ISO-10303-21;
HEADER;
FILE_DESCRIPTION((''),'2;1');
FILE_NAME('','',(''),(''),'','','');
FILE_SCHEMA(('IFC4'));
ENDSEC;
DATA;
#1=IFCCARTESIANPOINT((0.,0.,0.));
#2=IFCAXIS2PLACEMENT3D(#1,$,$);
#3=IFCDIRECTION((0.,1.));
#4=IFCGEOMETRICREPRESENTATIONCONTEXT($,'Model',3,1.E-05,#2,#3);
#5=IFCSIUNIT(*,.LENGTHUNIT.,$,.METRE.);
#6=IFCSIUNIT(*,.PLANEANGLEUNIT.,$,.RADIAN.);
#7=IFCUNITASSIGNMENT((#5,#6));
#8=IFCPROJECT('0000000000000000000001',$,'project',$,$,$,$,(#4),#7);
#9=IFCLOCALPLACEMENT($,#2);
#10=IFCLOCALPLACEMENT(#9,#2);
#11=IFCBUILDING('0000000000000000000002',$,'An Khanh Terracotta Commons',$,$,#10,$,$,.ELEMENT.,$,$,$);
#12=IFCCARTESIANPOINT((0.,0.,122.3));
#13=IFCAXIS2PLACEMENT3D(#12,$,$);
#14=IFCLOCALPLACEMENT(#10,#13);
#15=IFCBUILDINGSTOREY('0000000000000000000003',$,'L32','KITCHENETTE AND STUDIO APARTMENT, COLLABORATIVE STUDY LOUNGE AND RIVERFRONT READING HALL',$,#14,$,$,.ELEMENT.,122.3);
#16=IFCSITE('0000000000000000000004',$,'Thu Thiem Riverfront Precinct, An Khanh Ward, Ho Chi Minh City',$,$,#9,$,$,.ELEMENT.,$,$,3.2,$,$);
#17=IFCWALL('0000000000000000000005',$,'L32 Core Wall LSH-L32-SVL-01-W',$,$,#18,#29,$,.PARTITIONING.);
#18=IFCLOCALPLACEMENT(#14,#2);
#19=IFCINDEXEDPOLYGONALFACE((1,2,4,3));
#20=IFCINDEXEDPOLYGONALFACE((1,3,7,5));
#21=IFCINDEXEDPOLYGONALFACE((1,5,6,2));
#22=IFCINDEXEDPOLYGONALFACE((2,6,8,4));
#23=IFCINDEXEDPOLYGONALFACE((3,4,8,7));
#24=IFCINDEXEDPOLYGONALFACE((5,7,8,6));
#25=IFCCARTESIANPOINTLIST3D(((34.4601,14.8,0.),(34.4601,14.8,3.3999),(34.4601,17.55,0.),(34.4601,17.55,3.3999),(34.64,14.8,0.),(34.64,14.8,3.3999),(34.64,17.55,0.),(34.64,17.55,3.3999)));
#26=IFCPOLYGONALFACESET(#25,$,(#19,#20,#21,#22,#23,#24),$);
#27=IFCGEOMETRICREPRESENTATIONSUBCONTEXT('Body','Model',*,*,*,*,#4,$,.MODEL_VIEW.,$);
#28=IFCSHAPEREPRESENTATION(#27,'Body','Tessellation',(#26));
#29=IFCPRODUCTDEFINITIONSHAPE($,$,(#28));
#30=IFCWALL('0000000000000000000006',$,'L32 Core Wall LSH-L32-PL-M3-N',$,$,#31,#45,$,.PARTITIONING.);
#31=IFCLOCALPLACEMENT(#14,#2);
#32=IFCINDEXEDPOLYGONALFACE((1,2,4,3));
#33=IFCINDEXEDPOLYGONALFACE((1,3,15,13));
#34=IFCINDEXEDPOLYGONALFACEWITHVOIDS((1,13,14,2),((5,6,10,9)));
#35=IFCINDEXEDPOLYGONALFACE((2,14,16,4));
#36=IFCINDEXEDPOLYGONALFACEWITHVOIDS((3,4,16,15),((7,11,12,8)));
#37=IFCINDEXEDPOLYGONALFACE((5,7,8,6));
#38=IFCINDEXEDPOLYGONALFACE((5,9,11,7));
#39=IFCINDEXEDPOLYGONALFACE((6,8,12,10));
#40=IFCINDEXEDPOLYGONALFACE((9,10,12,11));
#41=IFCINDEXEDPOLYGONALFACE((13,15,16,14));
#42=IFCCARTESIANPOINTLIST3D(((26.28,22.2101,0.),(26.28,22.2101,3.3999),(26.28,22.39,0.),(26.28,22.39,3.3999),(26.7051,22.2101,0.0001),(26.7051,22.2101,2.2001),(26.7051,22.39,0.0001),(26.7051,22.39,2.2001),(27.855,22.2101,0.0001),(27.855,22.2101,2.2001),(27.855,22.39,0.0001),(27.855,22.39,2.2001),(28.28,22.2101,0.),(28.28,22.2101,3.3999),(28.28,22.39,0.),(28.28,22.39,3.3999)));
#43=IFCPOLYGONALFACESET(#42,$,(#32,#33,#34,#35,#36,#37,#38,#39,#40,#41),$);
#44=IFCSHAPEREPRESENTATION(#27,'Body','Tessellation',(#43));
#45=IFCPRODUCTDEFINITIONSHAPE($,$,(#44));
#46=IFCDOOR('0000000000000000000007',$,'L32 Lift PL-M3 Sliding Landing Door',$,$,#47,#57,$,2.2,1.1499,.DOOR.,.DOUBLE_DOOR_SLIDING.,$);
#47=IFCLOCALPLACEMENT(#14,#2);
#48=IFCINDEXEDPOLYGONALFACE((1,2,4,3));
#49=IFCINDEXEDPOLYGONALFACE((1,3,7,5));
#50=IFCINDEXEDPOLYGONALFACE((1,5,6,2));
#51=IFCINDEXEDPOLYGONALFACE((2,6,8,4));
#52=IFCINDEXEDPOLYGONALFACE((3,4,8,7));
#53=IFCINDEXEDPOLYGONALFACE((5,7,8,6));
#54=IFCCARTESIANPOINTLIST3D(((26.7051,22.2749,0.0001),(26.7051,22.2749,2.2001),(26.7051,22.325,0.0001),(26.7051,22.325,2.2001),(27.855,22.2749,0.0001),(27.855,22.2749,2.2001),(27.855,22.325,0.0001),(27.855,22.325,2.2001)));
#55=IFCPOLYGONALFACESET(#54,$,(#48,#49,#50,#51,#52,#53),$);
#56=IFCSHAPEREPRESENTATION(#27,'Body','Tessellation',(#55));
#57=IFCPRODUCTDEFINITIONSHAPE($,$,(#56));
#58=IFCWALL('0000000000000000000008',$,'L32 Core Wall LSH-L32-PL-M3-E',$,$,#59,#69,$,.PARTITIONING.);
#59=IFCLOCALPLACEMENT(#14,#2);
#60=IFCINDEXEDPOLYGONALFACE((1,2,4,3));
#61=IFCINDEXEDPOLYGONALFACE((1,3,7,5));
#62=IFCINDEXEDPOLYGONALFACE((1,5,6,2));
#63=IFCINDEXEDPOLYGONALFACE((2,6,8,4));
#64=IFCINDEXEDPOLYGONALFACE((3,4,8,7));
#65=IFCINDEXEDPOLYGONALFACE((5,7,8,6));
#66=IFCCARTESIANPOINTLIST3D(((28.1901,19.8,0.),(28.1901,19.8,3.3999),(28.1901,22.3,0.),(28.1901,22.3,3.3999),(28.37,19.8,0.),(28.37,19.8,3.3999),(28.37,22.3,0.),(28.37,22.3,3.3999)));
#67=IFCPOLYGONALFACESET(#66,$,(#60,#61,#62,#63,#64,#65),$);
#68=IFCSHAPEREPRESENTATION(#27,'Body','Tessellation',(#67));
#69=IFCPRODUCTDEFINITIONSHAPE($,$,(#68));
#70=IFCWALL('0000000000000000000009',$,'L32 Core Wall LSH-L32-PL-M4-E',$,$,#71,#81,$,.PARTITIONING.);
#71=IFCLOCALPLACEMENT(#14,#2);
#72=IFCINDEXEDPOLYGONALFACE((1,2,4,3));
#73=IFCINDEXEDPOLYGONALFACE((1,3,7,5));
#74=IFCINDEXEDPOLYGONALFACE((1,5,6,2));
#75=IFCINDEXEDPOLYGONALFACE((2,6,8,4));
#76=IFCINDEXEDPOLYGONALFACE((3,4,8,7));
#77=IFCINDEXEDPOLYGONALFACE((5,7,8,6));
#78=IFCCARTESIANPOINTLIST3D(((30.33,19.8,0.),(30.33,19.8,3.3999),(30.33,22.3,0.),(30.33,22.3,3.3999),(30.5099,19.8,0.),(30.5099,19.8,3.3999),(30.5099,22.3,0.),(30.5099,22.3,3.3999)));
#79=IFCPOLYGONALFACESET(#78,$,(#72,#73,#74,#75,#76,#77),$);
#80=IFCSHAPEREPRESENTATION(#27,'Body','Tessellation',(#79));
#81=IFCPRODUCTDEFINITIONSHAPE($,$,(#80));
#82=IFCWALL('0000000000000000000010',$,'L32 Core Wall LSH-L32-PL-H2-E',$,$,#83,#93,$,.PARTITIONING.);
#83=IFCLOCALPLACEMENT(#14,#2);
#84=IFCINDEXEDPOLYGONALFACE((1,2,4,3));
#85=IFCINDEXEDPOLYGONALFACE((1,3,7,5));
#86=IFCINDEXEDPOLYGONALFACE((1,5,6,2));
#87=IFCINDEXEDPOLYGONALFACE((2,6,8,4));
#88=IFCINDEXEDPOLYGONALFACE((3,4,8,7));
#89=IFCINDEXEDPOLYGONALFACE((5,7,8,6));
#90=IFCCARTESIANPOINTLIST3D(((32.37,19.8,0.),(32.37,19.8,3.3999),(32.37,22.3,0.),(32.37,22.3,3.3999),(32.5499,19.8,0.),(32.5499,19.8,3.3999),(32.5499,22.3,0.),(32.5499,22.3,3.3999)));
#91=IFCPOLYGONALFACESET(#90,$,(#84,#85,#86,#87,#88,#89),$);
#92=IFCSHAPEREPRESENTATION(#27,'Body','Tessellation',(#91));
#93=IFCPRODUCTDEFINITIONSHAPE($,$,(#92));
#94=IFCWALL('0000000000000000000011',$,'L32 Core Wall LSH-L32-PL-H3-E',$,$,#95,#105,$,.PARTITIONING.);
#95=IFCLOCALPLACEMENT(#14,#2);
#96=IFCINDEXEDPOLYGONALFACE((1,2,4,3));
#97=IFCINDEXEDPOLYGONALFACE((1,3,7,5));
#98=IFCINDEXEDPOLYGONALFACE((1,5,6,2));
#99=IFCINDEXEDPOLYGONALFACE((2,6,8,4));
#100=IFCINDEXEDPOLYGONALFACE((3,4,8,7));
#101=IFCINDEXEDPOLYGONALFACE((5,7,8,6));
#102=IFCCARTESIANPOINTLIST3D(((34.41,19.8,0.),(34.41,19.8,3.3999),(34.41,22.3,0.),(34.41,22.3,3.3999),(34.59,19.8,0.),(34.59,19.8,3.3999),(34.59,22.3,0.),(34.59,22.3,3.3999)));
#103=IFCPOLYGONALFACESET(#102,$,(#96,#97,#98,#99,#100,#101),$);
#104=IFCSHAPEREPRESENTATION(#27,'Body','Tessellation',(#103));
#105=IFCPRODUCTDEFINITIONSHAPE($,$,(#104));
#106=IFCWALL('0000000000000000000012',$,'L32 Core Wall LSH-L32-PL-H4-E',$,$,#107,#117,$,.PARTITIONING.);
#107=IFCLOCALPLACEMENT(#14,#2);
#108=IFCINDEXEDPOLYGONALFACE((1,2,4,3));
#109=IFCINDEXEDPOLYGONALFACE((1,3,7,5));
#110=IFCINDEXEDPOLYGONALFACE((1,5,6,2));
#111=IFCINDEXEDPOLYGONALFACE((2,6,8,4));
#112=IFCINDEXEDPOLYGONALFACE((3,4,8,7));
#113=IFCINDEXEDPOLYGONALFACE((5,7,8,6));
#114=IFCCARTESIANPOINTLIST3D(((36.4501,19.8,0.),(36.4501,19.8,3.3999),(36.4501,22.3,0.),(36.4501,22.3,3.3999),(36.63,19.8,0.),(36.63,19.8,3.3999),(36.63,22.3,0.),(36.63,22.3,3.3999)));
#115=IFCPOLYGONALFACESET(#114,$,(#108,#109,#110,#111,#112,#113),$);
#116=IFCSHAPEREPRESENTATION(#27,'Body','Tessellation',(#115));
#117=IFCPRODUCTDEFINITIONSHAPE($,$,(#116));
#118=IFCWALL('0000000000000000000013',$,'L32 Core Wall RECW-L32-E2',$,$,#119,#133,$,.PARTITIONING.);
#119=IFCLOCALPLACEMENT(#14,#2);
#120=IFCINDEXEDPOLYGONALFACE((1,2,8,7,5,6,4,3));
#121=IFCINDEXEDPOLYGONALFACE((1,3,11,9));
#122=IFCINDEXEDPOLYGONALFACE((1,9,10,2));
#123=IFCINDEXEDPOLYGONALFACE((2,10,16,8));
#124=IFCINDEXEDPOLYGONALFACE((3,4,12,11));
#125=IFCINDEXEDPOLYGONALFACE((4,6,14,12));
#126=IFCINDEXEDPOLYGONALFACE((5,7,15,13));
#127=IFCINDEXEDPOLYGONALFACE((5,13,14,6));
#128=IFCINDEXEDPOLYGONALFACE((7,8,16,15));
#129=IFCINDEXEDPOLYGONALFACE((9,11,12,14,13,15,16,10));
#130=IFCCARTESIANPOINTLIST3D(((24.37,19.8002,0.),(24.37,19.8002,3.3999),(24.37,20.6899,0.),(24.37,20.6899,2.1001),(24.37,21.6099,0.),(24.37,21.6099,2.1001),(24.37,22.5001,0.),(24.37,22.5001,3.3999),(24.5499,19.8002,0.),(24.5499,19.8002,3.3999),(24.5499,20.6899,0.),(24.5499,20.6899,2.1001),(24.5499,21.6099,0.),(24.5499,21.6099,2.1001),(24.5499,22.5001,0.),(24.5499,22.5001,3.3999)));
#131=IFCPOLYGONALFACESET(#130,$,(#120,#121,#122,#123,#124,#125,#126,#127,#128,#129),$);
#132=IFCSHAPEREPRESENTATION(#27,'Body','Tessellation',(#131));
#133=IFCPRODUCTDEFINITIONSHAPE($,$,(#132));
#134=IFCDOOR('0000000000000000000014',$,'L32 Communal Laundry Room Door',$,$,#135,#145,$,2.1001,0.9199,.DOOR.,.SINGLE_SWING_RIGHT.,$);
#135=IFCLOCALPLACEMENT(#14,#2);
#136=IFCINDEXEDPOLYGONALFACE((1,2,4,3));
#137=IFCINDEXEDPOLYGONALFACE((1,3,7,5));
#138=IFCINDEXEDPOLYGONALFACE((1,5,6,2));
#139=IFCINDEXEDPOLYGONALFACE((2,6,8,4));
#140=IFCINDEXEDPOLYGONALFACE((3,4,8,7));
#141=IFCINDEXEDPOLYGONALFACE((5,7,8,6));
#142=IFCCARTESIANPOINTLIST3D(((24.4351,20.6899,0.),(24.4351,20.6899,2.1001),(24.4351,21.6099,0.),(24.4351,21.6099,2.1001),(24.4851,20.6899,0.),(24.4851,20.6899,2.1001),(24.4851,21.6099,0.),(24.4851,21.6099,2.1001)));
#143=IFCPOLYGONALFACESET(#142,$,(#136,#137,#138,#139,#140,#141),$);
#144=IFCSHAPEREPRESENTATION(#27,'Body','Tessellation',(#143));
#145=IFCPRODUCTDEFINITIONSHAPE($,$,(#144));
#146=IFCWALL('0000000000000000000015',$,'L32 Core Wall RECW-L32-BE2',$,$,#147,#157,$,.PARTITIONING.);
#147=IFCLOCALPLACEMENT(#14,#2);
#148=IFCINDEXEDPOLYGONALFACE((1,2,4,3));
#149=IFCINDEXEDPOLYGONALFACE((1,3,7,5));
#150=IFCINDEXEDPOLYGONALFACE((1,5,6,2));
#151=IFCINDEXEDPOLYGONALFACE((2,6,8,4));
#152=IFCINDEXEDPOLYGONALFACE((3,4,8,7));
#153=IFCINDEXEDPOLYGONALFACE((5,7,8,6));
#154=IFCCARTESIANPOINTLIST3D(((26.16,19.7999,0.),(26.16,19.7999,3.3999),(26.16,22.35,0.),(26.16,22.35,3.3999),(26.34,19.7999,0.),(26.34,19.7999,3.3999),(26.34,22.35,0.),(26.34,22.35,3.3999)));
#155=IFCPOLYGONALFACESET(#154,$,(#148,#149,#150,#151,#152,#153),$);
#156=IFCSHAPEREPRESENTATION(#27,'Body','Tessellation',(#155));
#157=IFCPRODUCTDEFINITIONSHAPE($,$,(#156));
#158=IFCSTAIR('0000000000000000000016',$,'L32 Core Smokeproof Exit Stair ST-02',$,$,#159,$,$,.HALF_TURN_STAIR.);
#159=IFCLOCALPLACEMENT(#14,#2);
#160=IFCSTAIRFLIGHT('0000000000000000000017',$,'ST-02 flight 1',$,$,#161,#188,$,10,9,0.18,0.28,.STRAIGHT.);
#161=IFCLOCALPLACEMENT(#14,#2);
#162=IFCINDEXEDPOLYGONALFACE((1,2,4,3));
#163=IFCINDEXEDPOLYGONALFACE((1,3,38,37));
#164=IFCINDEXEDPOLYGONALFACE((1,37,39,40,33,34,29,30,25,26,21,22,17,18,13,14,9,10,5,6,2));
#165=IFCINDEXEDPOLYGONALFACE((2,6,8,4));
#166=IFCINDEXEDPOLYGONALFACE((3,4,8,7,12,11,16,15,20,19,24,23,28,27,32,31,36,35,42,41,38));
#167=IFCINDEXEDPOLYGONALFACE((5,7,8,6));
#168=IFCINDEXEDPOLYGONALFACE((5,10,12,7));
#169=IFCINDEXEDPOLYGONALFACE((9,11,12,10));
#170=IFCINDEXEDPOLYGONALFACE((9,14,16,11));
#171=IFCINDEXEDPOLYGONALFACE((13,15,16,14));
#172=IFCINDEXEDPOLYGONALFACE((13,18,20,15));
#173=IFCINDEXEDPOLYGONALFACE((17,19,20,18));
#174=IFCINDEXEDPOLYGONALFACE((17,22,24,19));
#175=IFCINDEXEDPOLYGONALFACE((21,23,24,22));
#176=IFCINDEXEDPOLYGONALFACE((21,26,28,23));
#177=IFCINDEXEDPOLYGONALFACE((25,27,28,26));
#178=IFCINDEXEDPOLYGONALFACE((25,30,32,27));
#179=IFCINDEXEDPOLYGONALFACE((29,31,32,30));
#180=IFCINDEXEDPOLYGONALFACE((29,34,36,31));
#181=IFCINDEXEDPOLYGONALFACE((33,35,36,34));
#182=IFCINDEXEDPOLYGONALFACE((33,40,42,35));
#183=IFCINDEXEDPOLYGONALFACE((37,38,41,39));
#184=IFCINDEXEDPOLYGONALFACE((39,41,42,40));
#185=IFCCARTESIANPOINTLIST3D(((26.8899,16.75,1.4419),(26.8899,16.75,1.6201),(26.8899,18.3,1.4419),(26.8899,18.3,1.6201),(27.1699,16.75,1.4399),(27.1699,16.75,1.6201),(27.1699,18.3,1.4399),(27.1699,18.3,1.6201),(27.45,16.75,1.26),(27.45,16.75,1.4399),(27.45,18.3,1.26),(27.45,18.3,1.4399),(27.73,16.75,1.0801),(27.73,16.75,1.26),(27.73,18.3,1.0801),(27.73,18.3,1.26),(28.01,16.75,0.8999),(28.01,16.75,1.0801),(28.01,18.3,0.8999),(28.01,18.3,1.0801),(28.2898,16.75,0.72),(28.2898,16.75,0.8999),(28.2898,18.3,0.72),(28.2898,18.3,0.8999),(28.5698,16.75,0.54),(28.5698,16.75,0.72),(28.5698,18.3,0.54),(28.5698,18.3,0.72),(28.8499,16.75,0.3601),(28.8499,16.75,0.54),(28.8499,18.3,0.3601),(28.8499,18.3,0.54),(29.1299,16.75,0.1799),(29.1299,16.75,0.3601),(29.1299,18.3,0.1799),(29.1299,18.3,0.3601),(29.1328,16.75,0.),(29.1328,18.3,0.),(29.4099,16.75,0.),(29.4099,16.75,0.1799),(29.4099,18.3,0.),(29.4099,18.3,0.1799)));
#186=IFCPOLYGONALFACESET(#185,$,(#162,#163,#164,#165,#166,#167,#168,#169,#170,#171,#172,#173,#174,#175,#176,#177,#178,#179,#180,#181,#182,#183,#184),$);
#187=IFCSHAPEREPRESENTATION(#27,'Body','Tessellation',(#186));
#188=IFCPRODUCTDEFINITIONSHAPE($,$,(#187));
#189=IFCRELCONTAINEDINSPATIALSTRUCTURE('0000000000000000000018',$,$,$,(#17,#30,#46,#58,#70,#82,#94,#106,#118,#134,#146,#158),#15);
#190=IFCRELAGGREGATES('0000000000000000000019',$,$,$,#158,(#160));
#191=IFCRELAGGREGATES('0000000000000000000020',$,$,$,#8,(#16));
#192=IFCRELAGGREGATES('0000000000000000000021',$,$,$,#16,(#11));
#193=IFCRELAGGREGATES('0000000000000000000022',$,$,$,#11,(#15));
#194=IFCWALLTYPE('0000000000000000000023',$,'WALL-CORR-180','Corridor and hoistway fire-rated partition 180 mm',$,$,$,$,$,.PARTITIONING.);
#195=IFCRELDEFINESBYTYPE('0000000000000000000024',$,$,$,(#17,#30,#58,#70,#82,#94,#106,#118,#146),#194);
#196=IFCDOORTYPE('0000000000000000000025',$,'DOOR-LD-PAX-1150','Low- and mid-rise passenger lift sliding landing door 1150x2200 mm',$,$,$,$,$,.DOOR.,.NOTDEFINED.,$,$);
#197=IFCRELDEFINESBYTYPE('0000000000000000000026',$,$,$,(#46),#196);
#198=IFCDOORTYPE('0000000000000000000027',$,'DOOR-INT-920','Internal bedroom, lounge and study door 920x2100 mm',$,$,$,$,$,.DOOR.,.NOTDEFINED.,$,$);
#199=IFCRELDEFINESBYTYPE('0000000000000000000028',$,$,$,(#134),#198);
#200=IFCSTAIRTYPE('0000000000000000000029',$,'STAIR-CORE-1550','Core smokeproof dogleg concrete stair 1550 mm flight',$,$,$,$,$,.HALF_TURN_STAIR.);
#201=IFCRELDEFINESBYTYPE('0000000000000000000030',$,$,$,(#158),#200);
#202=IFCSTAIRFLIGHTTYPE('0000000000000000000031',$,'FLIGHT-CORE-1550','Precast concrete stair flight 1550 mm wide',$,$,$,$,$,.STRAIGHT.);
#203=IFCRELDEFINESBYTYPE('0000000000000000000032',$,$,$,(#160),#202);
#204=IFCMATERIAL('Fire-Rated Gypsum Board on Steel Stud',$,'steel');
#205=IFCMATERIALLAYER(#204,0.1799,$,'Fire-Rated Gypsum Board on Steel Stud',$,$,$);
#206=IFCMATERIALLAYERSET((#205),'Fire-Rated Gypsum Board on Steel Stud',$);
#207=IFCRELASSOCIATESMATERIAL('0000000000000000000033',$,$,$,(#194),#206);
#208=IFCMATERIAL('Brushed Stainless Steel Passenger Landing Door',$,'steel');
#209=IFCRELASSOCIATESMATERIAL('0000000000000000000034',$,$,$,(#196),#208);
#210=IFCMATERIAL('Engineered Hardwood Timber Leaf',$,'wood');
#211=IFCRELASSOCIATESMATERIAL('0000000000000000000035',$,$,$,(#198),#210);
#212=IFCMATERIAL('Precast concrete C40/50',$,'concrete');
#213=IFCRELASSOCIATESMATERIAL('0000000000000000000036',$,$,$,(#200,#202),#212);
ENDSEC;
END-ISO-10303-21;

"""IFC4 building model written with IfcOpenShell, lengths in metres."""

from ifc_helpers import new_model, si_unit, direction, frame, frame_2d, origin, place, context, subcontext, project, spatial, polyline, rectangle, outline, extrude, material, layer, layer_set, type_object, element, fill, aggregate, save


model = new_model("IFC4")

# Units and contexts
model_context = context("Model", 3, precision=1e-05, world=origin(), true_north=direction((0.0, 1.0)))
body_context = subcontext(model_context, "Body", "Model", "MODEL_VIEW")
ifc_project = project(units=[si_unit("LENGTHUNIT", "METRE"), si_unit("PLANEANGLEUNIT", "RADIAN")], contexts=[model_context])

# Site, building, storey
site_placement = place(None, origin())
site = spatial("IfcSite", under=ifc_project, at=site_placement, Name="Thu Thiem Riverfront Precinct, An Khanh Ward, Ho Chi Minh City", CompositionType="ELEMENT", RefElevation=3.2)
building_placement = place(site_placement, origin())
building = spatial("IfcBuilding", under=site, at=building_placement, Name="An Khanh Terracotta Commons", CompositionType="ELEMENT")
storey_placement = place(building_placement, frame((0.0, 0.0, 122.3)))
storey = spatial("IfcBuildingStorey", under=building, at=storey_placement, Name="L32", Description="KITCHENETTE AND STUDIO APARTMENT, COLLABORATIVE STUDY LOUNGE AND RIVERFRONT READING HALL", CompositionType="ELEMENT", Elevation=122.3)

# Shared definitions
ifc_material_1 = material(Name="Fire-Rated Gypsum Board on Steel Stud", Category="steel")
ifc_layer = layer(ifc_material_1, 0.1799, Name="Fire-Rated Gypsum Board on Steel Stud")
ifc_layer_set = layer_set([ifc_layer], Name="Fire-Rated Gypsum Board on Steel Stud")
wall_type = type_object("IfcWallType", Name="WALL-CORR-180", Description="Corridor and hoistway fire-rated partition 180 mm", PredefinedType="PARTITIONING", material=ifc_layer_set)

# Wall
wall_1_placement = place(storey_placement, frame((34.55, 17.55, 0.0), z_axis=(0.0, 0.0, 1.0), x_axis=(0.0, -1.0, 0.0)))
element("IfcWall", 1, at=wall_1_placement, inside=storey, type_object=wall_type, Name="L32 Core Wall LSH-L32-SVL-01-W", PredefinedType="PARTITIONING", context=body_context, shape_type="SweptSolid", body=[
    extrude(rectangle(XDim=2.75, YDim=0.1799, at=frame_2d((1.375, 0.0))), origin(), (0.0, 0.0, 1.0), 3.3999),
])

# Wall, opening, door
wall_2_placement = place(storey_placement, frame((26.28, 22.3, 0.0), z_axis=(0.0, 0.0, 1.0), x_axis=(1.0, 0.0, 0.0)))
wall_2 = element("IfcWall", 2, at=wall_2_placement, inside=storey, type_object=wall_type, Name="L32 Core Wall LSH-L32-PL-M3-N", PredefinedType="PARTITIONING", context=body_context, shape_type="SweptSolid", body=[
    extrude(rectangle(XDim=2.0, YDim=0.1799, at=frame_2d((1.0, 0.0))), origin(), (0.0, 0.0, 1.0), 3.3999),
])
opening_1_placement = place(wall_2_placement, frame((0.425, 0.0, 0.0)))
opening_1 = element("IfcOpeningElement", 3, at=opening_1_placement, cuts=wall_2, PredefinedType="OPENING", context=body_context, shape_type="SweptSolid", body=[
    extrude(rectangle(XDim=1.1499, YDim=2.2, at=frame_2d((0.575, 1.1001))), frame((0.0, 0.0999, 0.0), z_axis=(0.0, -1.0, 0.0), x_axis=(1.0, 0.0, 0.0)), (0.0, 0.0, 1.0), 0.2),
])
ifc_material_2 = material(Name="Brushed Stainless Steel Passenger Landing Door", Category="steel")
door_type_1 = type_object("IfcDoorType", Name="DOOR-LD-PAX-1150", Description="Low- and mid-rise passenger lift sliding landing door 1150x2200 mm", OperationType="NOTDEFINED", PredefinedType="DOOR", material=ifc_material_2)
door_1_placement = place(opening_1_placement, origin())
door_1 = element("IfcDoor", 4, at=door_1_placement, inside=storey, type_object=door_type_1, Name="L32 Lift PL-M3 Sliding Landing Door", OperationType="DOUBLE_DOOR_SLIDING", OverallHeight=2.2, OverallWidth=1.1499, PredefinedType="DOOR", context=body_context, shape_type="SweptSolid", body=[
    extrude(rectangle(XDim=1.1499, YDim=2.2, at=frame_2d((0.575, 1.1001))), frame((0.0, 0.0249, 0.0), z_axis=(0.0, -1.0, 0.0), x_axis=(1.0, 0.0, 0.0)), (0.0, 0.0, 1.0), 0.05),
])
fill(opening_1, door_1)

# Walls
for number, where, z_axis, x_axis, name in (
    (5, (28.28, 19.8, 0.0), (0.0, 0.0, 1.0), (0.0, 1.0, 0.0), "L32 Core Wall LSH-L32-PL-M3-E"),
    (6, (30.4199, 19.8, 0.0), (0.0, 0.0, 1.0), (0.0, 1.0, 0.0), "L32 Core Wall LSH-L32-PL-M4-E"),
    (7, (32.46, 19.8, 0.0), (0.0, 0.0, 1.0), (0.0, 1.0, 0.0), "L32 Core Wall LSH-L32-PL-H2-E"),
    (8, (34.5, 19.8, 0.0), (0.0, 0.0, 1.0), (0.0, 1.0, 0.0), "L32 Core Wall LSH-L32-PL-H3-E"),
    (9, (36.54, 19.8, 0.0), (0.0, 0.0, 1.0), (0.0, 1.0, 0.0), "L32 Core Wall LSH-L32-PL-H4-E"),
):
    element("IfcWall", number, at=place(storey_placement, frame(where, z_axis=z_axis, x_axis=x_axis)), inside=storey, type_object=wall_type, Name=name, PredefinedType="PARTITIONING", context=body_context, shape_type="SweptSolid", body=[
        extrude(rectangle(XDim=2.5, YDim=0.1799, at=frame_2d((1.25, 0.0))), origin(), (0.0, 0.0, 1.0), 3.3999),
    ])

# Wall, opening, door
wall_3_placement = place(storey_placement, frame((24.46, 19.8, 0.0), z_axis=(0.0, 0.0, 1.0), x_axis=(0.0, 1.0, 0.0)))
wall_3 = element("IfcWall", 10, at=wall_3_placement, inside=storey, type_object=wall_type, Name="L32 Core Wall RECW-L32-E2", PredefinedType="PARTITIONING", context=body_context, shape_type="SweptSolid", body=[
    extrude(rectangle(XDim=2.7, YDim=0.1799, at=frame_2d((1.3501, 0.0))), origin(), (0.0, 0.0, 1.0), 3.3999),
])
opening_2_placement = place(wall_3_placement, frame((0.8899, 0.0, 0.0)))
opening_2 = element("IfcOpeningElement", 11, at=opening_2_placement, cuts=wall_3, PredefinedType="OPENING", context=body_context, shape_type="SweptSolid", body=[
    extrude(rectangle(XDim=0.9199, YDim=2.1001, at=frame_2d((0.46, 1.05))), frame((0.0, 0.0999, 0.0), z_axis=(0.0, -1.0, 0.0), x_axis=(1.0, 0.0, 0.0)), (0.0, 0.0, 1.0), 0.2),
])
ifc_material_3 = material(Name="Engineered Hardwood Timber Leaf", Category="wood")
door_type_2 = type_object("IfcDoorType", Name="DOOR-INT-920", Description="Internal bedroom, lounge and study door 920x2100 mm", OperationType="NOTDEFINED", PredefinedType="DOOR", material=ifc_material_3)
door_2_placement = place(opening_2_placement, origin())
door_2 = element("IfcDoor", 12, at=door_2_placement, inside=storey, type_object=door_type_2, Name="L32 Communal Laundry Room Door", OperationType="SINGLE_SWING_RIGHT", OverallHeight=2.1001, OverallWidth=0.9199, PredefinedType="DOOR", context=body_context, shape_type="SweptSolid", body=[
    extrude(rectangle(XDim=0.9199, YDim=2.1001, at=frame_2d((0.46, 1.05))), frame((0.0, 0.0249, 0.0), z_axis=(0.0, -1.0, 0.0), x_axis=(1.0, 0.0, 0.0)), (0.0, 0.0, 1.0), 0.05),
])
fill(opening_2, door_2)

# Wall
wall_4_placement = place(storey_placement, frame((26.25, 19.8, 0.0), z_axis=(0.0, 0.0, 1.0), x_axis=(0.0, 1.0, 0.0)))
element("IfcWall", 13, at=wall_4_placement, inside=storey, type_object=wall_type, Name="L32 Core Wall RECW-L32-BE2", PredefinedType="PARTITIONING", context=body_context, shape_type="SweptSolid", body=[
    extrude(rectangle(XDim=2.55, YDim=0.1799, at=frame_2d((1.2749, 0.0))), origin(), (0.0, 0.0, 1.0), 3.3999),
])

# Stair, stair flight
ifc_material_4 = material(Name="Precast concrete C40/50", Category="concrete")
stair_type = type_object("IfcStairType", Name="STAIR-CORE-1550", Description="Core smokeproof dogleg concrete stair 1550 mm flight", PredefinedType="HALF_TURN_STAIR", material=ifc_material_4)
stair_placement = place(storey_placement, origin())
stair = element("IfcStair", 14, at=stair_placement, inside=storey, type_object=stair_type, Name="L32 Core Smokeproof Exit Stair ST-02", PredefinedType="HALF_TURN_STAIR")
stair_flight_type = type_object("IfcStairFlightType", Name="FLIGHT-CORE-1550", Description="Precast concrete stair flight 1550 mm wide", PredefinedType="STRAIGHT", material=ifc_material_4)
stair_flight_placement = place(storey_placement, frame((29.4099, 17.5249, 0.0), z_axis=(0.0, 0.0, 1.0), x_axis=(-1.0, 0.0, 0.0)))
stair_flight = element("IfcStairFlight", 15, at=stair_flight_placement, type_object=stair_flight_type, Name="ST-02 flight 1", NumberOfRisers=10, NumberOfTreads=9, PredefinedType="STRAIGHT", RiserHeight=0.18, TreadLength=0.28, context=body_context, shape_type="SweptSolid", body=[
    extrude(outline(polyline([(0.0, 0.0), (0.0, 0.1799), (0.28, 0.1799), (0.28, 0.3601), (0.5601, 0.3601), (0.5601, 0.54), (0.8401, 0.54), (0.8401, 0.72), (1.1201, 0.72), (1.1201, 0.8999), (1.3999, 0.8999), (1.3999, 1.0801), (1.6799, 1.0801), (1.6799, 1.26), (1.96, 1.26), (1.96, 1.4399), (2.24, 1.4399), (2.24, 1.6201), (2.52, 1.6201), (2.52, 1.8), (2.52, 1.4419), (0.2771, 0.0), (0.0, 0.0)])), frame((0.0, 0.7749, 0.0), z_axis=(0.0, -1.0, 0.0), x_axis=(1.0, 0.0, 0.0)), (0.0, 0.0, 1.0), 1.55),
])
aggregate(stair, [stair_flight])

save(model, "model.ifc")
